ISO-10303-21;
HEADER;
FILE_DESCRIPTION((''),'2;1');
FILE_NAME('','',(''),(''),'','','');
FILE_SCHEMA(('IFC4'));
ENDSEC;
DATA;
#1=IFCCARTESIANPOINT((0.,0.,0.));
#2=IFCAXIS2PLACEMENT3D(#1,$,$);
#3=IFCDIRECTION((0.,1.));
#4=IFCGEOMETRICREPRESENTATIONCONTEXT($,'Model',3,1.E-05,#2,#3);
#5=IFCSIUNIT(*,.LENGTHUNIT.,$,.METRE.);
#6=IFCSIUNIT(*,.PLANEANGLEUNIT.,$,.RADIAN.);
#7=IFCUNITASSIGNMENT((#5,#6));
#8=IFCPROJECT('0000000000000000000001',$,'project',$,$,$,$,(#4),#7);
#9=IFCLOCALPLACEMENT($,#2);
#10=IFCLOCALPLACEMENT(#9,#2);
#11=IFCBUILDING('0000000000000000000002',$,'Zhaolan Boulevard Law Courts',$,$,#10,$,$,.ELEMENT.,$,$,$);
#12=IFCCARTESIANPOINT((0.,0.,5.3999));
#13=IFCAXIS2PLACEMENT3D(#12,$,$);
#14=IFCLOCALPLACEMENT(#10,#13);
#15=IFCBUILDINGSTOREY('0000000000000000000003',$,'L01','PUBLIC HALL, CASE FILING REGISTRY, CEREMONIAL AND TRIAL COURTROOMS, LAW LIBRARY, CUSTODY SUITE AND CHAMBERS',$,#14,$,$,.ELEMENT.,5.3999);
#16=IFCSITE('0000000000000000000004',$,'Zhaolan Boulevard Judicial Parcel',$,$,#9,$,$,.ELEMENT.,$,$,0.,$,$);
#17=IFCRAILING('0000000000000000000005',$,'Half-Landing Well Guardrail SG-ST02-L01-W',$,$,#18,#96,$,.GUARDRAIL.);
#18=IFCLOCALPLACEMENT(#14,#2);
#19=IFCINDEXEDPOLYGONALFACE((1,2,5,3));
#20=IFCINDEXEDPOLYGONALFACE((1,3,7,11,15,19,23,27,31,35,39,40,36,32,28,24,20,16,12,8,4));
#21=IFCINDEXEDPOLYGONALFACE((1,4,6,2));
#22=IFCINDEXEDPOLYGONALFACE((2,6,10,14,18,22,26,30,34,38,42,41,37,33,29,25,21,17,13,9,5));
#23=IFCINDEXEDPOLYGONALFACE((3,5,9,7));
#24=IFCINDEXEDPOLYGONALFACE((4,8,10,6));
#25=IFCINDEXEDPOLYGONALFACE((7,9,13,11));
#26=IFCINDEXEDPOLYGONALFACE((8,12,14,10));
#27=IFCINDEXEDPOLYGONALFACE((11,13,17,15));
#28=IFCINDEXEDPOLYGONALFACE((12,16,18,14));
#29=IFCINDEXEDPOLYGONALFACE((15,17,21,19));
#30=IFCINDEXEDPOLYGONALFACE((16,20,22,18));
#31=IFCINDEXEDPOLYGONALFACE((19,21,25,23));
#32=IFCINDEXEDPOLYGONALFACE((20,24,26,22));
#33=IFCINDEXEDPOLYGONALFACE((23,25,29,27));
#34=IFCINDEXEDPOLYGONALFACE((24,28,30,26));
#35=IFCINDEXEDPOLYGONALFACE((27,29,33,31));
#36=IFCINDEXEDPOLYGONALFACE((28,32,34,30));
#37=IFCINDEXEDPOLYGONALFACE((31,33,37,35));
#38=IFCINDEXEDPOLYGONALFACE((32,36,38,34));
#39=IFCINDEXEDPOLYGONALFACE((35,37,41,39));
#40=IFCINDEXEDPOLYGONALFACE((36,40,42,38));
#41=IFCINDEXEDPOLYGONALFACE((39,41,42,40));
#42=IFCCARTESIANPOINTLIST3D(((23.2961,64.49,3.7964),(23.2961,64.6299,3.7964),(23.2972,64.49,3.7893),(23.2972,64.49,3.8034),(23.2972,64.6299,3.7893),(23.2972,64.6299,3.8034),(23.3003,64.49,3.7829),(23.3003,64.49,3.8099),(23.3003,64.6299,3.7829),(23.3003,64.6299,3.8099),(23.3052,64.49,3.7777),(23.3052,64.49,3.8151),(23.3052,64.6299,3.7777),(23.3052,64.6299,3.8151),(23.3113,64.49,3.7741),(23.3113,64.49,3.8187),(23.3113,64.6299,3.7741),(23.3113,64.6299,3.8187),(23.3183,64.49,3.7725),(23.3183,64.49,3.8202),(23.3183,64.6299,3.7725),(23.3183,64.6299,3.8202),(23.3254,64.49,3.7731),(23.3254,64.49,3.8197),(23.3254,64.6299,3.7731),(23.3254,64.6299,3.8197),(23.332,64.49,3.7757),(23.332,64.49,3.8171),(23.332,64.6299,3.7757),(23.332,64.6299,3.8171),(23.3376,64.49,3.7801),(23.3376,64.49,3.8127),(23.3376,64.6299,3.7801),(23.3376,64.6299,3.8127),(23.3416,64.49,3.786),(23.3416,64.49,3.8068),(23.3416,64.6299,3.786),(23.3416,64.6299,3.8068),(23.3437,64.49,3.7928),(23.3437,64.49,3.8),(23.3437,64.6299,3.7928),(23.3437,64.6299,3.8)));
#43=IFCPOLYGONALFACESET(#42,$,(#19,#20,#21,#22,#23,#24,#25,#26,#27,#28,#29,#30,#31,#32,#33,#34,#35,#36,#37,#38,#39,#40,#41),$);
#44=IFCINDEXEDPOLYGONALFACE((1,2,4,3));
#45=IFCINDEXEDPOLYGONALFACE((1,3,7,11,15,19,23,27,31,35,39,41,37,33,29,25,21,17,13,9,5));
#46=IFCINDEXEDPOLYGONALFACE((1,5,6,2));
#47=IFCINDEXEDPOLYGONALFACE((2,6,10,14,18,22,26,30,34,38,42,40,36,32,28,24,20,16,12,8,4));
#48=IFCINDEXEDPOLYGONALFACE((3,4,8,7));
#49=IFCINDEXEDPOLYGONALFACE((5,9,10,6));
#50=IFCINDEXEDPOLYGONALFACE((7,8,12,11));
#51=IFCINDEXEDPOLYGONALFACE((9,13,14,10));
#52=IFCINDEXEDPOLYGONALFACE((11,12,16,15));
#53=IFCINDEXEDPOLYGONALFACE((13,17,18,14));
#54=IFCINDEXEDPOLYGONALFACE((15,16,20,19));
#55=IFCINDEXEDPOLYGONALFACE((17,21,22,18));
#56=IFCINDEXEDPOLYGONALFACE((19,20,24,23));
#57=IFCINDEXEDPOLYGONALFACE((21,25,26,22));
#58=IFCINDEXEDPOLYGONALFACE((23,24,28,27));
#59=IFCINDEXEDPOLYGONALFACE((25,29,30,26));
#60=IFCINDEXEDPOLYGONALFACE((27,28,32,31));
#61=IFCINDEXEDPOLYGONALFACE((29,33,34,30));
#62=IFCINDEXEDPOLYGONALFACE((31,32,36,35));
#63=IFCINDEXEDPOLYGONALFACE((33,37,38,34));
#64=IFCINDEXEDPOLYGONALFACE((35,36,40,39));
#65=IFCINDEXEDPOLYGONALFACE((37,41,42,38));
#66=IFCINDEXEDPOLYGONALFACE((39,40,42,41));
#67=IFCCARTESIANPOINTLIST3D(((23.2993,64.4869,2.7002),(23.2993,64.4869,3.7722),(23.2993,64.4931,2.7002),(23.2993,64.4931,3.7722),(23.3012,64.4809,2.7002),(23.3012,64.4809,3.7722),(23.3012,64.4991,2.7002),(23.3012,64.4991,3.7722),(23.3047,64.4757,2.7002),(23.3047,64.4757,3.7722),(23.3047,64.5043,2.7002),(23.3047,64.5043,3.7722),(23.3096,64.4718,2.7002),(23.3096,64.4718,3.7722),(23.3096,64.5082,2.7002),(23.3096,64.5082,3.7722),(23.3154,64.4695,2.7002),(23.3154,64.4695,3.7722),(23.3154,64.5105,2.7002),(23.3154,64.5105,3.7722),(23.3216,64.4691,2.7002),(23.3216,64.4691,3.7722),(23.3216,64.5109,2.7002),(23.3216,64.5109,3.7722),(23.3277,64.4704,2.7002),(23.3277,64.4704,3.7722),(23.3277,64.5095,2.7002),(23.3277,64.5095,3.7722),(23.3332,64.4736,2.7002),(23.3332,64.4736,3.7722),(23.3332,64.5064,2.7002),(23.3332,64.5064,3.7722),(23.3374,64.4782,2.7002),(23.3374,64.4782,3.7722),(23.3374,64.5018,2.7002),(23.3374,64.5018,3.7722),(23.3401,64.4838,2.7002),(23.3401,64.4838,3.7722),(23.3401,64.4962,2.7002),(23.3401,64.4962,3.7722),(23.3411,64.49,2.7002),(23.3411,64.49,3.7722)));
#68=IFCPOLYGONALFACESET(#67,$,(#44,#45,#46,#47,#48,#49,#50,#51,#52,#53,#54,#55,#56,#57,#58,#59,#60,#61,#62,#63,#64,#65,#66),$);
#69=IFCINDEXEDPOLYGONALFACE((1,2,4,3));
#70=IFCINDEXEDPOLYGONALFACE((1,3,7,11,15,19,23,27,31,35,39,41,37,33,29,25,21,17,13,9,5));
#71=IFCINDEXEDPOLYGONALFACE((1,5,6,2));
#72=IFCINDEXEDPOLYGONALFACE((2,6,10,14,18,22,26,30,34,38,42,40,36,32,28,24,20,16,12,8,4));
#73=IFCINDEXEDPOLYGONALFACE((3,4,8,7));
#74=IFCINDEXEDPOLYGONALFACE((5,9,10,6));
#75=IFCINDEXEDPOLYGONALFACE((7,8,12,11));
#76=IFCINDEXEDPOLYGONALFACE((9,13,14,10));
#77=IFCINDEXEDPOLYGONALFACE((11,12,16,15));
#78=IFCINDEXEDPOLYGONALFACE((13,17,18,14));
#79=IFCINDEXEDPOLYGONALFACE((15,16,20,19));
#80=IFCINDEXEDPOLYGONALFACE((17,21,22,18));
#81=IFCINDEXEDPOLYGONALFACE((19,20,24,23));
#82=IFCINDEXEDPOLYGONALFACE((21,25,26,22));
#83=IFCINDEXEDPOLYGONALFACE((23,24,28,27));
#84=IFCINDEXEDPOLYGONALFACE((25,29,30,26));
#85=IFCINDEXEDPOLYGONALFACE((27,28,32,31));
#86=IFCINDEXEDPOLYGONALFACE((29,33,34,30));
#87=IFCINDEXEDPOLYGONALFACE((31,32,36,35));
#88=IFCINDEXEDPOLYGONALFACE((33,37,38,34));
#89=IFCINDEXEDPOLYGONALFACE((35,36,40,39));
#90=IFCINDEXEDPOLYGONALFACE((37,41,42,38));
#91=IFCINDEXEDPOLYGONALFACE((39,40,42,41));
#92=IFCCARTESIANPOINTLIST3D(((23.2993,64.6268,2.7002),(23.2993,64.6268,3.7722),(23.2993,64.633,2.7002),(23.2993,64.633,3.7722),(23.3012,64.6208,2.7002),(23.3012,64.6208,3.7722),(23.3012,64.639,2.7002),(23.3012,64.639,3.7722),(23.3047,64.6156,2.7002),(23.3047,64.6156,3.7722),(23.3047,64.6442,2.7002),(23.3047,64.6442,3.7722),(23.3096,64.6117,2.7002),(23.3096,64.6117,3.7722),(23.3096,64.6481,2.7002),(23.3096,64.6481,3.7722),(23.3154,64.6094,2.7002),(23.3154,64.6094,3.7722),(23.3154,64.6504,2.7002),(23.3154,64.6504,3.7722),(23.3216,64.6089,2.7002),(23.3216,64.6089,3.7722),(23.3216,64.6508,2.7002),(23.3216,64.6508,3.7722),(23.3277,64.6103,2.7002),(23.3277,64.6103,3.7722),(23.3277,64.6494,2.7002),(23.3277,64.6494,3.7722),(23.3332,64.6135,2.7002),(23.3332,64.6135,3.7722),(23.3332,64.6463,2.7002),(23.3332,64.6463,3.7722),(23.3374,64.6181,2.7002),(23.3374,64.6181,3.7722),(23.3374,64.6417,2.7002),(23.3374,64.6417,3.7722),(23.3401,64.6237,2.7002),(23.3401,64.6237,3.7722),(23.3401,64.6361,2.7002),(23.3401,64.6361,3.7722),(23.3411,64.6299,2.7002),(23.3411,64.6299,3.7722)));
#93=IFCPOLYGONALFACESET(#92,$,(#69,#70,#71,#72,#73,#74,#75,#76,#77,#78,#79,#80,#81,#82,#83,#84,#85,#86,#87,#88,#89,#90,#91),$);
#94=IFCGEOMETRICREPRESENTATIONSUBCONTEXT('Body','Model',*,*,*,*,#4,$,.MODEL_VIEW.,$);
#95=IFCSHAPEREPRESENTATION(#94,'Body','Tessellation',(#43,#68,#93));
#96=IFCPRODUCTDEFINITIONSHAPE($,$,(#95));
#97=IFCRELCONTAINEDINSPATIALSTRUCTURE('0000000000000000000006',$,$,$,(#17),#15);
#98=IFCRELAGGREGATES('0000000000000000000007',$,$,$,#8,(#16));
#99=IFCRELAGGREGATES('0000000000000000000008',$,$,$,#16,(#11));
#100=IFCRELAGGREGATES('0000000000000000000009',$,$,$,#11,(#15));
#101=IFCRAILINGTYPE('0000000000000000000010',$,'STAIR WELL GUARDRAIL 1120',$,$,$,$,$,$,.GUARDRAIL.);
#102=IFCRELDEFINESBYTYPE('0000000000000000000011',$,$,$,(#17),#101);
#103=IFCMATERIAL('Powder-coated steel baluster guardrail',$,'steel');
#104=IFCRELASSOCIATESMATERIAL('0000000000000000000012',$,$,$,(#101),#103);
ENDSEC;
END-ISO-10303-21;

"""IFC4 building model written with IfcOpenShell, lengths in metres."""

from ifc_helpers import new_model, si_unit, direction, frame, origin, origin_2d, place, context, subcontext, project, spatial, circle, extrude, material, type_object, element, save


model = new_model("IFC4")

# Units and contexts
model_context = context("Model", 3, precision=1e-05, world=origin(), true_north=direction((0.0, 1.0)))
body_context = subcontext(model_context, "Body", "Model", "MODEL_VIEW")
ifc_project = project(units=[si_unit("LENGTHUNIT", "METRE"), si_unit("PLANEANGLEUNIT", "RADIAN")], contexts=[model_context])

# Site, building, storey
site_placement = place(None, origin())
site = spatial("IfcSite", under=ifc_project, at=site_placement, Name="Zhaolan Boulevard Judicial Parcel", CompositionType="ELEMENT", RefElevation=0.0)
building_placement = place(site_placement, origin())
building = spatial("IfcBuilding", under=site, at=building_placement, Name="Zhaolan Boulevard Law Courts", CompositionType="ELEMENT")
storey_placement = place(building_placement, frame((0.0, 0.0, 5.3999)))
storey = spatial("IfcBuildingStorey", under=building, at=storey_placement, Name="L01", Description="PUBLIC HALL, CASE FILING REGISTRY, CEREMONIAL AND TRIAL COURTROOMS, LAW LIBRARY, CUSTODY SUITE AND CHAMBERS", CompositionType="ELEMENT", Elevation=5.3999)

# Railing
ifc_material_1 = material(Name="Powder-coated steel baluster guardrail", Category="steel")
railing_type_1 = type_object("IfcRailingType", Name="STAIR WELL GUARDRAIL 1120", PredefinedType="GUARDRAIL", material=ifc_material_1)
railing_1_placement = place(storey_placement, frame((23.3201, 64.49, 2.7002)))
element("IfcRailing", 1, at=railing_1_placement, inside=storey, type_object=railing_type_1, Name="Half-Landing Well Guardrail SG-ST02-L01-W", PredefinedType="GUARDRAIL", context=body_context, shape_type="SweptSolid", body=[
    extrude(circle(Radius=0.0239, at=origin_2d()), frame((0.0, 0.0, 1.0962), z_axis=(0.0, 1.0, 0.0), x_axis=(-1.0, 0.0, 0.0)), (0.0, 0.0, 1.0), 0.1399),
    extrude(circle(Radius=0.021, at=origin_2d()), origin(), (0.0, 0.0, 1.0), 1.072),
    extrude(circle(Radius=0.021, at=origin_2d()), frame((0.0, 0.1399, 0.0)), (0.0, 0.0, 1.0), 1.072),
])

save(model, "model.ifc")
